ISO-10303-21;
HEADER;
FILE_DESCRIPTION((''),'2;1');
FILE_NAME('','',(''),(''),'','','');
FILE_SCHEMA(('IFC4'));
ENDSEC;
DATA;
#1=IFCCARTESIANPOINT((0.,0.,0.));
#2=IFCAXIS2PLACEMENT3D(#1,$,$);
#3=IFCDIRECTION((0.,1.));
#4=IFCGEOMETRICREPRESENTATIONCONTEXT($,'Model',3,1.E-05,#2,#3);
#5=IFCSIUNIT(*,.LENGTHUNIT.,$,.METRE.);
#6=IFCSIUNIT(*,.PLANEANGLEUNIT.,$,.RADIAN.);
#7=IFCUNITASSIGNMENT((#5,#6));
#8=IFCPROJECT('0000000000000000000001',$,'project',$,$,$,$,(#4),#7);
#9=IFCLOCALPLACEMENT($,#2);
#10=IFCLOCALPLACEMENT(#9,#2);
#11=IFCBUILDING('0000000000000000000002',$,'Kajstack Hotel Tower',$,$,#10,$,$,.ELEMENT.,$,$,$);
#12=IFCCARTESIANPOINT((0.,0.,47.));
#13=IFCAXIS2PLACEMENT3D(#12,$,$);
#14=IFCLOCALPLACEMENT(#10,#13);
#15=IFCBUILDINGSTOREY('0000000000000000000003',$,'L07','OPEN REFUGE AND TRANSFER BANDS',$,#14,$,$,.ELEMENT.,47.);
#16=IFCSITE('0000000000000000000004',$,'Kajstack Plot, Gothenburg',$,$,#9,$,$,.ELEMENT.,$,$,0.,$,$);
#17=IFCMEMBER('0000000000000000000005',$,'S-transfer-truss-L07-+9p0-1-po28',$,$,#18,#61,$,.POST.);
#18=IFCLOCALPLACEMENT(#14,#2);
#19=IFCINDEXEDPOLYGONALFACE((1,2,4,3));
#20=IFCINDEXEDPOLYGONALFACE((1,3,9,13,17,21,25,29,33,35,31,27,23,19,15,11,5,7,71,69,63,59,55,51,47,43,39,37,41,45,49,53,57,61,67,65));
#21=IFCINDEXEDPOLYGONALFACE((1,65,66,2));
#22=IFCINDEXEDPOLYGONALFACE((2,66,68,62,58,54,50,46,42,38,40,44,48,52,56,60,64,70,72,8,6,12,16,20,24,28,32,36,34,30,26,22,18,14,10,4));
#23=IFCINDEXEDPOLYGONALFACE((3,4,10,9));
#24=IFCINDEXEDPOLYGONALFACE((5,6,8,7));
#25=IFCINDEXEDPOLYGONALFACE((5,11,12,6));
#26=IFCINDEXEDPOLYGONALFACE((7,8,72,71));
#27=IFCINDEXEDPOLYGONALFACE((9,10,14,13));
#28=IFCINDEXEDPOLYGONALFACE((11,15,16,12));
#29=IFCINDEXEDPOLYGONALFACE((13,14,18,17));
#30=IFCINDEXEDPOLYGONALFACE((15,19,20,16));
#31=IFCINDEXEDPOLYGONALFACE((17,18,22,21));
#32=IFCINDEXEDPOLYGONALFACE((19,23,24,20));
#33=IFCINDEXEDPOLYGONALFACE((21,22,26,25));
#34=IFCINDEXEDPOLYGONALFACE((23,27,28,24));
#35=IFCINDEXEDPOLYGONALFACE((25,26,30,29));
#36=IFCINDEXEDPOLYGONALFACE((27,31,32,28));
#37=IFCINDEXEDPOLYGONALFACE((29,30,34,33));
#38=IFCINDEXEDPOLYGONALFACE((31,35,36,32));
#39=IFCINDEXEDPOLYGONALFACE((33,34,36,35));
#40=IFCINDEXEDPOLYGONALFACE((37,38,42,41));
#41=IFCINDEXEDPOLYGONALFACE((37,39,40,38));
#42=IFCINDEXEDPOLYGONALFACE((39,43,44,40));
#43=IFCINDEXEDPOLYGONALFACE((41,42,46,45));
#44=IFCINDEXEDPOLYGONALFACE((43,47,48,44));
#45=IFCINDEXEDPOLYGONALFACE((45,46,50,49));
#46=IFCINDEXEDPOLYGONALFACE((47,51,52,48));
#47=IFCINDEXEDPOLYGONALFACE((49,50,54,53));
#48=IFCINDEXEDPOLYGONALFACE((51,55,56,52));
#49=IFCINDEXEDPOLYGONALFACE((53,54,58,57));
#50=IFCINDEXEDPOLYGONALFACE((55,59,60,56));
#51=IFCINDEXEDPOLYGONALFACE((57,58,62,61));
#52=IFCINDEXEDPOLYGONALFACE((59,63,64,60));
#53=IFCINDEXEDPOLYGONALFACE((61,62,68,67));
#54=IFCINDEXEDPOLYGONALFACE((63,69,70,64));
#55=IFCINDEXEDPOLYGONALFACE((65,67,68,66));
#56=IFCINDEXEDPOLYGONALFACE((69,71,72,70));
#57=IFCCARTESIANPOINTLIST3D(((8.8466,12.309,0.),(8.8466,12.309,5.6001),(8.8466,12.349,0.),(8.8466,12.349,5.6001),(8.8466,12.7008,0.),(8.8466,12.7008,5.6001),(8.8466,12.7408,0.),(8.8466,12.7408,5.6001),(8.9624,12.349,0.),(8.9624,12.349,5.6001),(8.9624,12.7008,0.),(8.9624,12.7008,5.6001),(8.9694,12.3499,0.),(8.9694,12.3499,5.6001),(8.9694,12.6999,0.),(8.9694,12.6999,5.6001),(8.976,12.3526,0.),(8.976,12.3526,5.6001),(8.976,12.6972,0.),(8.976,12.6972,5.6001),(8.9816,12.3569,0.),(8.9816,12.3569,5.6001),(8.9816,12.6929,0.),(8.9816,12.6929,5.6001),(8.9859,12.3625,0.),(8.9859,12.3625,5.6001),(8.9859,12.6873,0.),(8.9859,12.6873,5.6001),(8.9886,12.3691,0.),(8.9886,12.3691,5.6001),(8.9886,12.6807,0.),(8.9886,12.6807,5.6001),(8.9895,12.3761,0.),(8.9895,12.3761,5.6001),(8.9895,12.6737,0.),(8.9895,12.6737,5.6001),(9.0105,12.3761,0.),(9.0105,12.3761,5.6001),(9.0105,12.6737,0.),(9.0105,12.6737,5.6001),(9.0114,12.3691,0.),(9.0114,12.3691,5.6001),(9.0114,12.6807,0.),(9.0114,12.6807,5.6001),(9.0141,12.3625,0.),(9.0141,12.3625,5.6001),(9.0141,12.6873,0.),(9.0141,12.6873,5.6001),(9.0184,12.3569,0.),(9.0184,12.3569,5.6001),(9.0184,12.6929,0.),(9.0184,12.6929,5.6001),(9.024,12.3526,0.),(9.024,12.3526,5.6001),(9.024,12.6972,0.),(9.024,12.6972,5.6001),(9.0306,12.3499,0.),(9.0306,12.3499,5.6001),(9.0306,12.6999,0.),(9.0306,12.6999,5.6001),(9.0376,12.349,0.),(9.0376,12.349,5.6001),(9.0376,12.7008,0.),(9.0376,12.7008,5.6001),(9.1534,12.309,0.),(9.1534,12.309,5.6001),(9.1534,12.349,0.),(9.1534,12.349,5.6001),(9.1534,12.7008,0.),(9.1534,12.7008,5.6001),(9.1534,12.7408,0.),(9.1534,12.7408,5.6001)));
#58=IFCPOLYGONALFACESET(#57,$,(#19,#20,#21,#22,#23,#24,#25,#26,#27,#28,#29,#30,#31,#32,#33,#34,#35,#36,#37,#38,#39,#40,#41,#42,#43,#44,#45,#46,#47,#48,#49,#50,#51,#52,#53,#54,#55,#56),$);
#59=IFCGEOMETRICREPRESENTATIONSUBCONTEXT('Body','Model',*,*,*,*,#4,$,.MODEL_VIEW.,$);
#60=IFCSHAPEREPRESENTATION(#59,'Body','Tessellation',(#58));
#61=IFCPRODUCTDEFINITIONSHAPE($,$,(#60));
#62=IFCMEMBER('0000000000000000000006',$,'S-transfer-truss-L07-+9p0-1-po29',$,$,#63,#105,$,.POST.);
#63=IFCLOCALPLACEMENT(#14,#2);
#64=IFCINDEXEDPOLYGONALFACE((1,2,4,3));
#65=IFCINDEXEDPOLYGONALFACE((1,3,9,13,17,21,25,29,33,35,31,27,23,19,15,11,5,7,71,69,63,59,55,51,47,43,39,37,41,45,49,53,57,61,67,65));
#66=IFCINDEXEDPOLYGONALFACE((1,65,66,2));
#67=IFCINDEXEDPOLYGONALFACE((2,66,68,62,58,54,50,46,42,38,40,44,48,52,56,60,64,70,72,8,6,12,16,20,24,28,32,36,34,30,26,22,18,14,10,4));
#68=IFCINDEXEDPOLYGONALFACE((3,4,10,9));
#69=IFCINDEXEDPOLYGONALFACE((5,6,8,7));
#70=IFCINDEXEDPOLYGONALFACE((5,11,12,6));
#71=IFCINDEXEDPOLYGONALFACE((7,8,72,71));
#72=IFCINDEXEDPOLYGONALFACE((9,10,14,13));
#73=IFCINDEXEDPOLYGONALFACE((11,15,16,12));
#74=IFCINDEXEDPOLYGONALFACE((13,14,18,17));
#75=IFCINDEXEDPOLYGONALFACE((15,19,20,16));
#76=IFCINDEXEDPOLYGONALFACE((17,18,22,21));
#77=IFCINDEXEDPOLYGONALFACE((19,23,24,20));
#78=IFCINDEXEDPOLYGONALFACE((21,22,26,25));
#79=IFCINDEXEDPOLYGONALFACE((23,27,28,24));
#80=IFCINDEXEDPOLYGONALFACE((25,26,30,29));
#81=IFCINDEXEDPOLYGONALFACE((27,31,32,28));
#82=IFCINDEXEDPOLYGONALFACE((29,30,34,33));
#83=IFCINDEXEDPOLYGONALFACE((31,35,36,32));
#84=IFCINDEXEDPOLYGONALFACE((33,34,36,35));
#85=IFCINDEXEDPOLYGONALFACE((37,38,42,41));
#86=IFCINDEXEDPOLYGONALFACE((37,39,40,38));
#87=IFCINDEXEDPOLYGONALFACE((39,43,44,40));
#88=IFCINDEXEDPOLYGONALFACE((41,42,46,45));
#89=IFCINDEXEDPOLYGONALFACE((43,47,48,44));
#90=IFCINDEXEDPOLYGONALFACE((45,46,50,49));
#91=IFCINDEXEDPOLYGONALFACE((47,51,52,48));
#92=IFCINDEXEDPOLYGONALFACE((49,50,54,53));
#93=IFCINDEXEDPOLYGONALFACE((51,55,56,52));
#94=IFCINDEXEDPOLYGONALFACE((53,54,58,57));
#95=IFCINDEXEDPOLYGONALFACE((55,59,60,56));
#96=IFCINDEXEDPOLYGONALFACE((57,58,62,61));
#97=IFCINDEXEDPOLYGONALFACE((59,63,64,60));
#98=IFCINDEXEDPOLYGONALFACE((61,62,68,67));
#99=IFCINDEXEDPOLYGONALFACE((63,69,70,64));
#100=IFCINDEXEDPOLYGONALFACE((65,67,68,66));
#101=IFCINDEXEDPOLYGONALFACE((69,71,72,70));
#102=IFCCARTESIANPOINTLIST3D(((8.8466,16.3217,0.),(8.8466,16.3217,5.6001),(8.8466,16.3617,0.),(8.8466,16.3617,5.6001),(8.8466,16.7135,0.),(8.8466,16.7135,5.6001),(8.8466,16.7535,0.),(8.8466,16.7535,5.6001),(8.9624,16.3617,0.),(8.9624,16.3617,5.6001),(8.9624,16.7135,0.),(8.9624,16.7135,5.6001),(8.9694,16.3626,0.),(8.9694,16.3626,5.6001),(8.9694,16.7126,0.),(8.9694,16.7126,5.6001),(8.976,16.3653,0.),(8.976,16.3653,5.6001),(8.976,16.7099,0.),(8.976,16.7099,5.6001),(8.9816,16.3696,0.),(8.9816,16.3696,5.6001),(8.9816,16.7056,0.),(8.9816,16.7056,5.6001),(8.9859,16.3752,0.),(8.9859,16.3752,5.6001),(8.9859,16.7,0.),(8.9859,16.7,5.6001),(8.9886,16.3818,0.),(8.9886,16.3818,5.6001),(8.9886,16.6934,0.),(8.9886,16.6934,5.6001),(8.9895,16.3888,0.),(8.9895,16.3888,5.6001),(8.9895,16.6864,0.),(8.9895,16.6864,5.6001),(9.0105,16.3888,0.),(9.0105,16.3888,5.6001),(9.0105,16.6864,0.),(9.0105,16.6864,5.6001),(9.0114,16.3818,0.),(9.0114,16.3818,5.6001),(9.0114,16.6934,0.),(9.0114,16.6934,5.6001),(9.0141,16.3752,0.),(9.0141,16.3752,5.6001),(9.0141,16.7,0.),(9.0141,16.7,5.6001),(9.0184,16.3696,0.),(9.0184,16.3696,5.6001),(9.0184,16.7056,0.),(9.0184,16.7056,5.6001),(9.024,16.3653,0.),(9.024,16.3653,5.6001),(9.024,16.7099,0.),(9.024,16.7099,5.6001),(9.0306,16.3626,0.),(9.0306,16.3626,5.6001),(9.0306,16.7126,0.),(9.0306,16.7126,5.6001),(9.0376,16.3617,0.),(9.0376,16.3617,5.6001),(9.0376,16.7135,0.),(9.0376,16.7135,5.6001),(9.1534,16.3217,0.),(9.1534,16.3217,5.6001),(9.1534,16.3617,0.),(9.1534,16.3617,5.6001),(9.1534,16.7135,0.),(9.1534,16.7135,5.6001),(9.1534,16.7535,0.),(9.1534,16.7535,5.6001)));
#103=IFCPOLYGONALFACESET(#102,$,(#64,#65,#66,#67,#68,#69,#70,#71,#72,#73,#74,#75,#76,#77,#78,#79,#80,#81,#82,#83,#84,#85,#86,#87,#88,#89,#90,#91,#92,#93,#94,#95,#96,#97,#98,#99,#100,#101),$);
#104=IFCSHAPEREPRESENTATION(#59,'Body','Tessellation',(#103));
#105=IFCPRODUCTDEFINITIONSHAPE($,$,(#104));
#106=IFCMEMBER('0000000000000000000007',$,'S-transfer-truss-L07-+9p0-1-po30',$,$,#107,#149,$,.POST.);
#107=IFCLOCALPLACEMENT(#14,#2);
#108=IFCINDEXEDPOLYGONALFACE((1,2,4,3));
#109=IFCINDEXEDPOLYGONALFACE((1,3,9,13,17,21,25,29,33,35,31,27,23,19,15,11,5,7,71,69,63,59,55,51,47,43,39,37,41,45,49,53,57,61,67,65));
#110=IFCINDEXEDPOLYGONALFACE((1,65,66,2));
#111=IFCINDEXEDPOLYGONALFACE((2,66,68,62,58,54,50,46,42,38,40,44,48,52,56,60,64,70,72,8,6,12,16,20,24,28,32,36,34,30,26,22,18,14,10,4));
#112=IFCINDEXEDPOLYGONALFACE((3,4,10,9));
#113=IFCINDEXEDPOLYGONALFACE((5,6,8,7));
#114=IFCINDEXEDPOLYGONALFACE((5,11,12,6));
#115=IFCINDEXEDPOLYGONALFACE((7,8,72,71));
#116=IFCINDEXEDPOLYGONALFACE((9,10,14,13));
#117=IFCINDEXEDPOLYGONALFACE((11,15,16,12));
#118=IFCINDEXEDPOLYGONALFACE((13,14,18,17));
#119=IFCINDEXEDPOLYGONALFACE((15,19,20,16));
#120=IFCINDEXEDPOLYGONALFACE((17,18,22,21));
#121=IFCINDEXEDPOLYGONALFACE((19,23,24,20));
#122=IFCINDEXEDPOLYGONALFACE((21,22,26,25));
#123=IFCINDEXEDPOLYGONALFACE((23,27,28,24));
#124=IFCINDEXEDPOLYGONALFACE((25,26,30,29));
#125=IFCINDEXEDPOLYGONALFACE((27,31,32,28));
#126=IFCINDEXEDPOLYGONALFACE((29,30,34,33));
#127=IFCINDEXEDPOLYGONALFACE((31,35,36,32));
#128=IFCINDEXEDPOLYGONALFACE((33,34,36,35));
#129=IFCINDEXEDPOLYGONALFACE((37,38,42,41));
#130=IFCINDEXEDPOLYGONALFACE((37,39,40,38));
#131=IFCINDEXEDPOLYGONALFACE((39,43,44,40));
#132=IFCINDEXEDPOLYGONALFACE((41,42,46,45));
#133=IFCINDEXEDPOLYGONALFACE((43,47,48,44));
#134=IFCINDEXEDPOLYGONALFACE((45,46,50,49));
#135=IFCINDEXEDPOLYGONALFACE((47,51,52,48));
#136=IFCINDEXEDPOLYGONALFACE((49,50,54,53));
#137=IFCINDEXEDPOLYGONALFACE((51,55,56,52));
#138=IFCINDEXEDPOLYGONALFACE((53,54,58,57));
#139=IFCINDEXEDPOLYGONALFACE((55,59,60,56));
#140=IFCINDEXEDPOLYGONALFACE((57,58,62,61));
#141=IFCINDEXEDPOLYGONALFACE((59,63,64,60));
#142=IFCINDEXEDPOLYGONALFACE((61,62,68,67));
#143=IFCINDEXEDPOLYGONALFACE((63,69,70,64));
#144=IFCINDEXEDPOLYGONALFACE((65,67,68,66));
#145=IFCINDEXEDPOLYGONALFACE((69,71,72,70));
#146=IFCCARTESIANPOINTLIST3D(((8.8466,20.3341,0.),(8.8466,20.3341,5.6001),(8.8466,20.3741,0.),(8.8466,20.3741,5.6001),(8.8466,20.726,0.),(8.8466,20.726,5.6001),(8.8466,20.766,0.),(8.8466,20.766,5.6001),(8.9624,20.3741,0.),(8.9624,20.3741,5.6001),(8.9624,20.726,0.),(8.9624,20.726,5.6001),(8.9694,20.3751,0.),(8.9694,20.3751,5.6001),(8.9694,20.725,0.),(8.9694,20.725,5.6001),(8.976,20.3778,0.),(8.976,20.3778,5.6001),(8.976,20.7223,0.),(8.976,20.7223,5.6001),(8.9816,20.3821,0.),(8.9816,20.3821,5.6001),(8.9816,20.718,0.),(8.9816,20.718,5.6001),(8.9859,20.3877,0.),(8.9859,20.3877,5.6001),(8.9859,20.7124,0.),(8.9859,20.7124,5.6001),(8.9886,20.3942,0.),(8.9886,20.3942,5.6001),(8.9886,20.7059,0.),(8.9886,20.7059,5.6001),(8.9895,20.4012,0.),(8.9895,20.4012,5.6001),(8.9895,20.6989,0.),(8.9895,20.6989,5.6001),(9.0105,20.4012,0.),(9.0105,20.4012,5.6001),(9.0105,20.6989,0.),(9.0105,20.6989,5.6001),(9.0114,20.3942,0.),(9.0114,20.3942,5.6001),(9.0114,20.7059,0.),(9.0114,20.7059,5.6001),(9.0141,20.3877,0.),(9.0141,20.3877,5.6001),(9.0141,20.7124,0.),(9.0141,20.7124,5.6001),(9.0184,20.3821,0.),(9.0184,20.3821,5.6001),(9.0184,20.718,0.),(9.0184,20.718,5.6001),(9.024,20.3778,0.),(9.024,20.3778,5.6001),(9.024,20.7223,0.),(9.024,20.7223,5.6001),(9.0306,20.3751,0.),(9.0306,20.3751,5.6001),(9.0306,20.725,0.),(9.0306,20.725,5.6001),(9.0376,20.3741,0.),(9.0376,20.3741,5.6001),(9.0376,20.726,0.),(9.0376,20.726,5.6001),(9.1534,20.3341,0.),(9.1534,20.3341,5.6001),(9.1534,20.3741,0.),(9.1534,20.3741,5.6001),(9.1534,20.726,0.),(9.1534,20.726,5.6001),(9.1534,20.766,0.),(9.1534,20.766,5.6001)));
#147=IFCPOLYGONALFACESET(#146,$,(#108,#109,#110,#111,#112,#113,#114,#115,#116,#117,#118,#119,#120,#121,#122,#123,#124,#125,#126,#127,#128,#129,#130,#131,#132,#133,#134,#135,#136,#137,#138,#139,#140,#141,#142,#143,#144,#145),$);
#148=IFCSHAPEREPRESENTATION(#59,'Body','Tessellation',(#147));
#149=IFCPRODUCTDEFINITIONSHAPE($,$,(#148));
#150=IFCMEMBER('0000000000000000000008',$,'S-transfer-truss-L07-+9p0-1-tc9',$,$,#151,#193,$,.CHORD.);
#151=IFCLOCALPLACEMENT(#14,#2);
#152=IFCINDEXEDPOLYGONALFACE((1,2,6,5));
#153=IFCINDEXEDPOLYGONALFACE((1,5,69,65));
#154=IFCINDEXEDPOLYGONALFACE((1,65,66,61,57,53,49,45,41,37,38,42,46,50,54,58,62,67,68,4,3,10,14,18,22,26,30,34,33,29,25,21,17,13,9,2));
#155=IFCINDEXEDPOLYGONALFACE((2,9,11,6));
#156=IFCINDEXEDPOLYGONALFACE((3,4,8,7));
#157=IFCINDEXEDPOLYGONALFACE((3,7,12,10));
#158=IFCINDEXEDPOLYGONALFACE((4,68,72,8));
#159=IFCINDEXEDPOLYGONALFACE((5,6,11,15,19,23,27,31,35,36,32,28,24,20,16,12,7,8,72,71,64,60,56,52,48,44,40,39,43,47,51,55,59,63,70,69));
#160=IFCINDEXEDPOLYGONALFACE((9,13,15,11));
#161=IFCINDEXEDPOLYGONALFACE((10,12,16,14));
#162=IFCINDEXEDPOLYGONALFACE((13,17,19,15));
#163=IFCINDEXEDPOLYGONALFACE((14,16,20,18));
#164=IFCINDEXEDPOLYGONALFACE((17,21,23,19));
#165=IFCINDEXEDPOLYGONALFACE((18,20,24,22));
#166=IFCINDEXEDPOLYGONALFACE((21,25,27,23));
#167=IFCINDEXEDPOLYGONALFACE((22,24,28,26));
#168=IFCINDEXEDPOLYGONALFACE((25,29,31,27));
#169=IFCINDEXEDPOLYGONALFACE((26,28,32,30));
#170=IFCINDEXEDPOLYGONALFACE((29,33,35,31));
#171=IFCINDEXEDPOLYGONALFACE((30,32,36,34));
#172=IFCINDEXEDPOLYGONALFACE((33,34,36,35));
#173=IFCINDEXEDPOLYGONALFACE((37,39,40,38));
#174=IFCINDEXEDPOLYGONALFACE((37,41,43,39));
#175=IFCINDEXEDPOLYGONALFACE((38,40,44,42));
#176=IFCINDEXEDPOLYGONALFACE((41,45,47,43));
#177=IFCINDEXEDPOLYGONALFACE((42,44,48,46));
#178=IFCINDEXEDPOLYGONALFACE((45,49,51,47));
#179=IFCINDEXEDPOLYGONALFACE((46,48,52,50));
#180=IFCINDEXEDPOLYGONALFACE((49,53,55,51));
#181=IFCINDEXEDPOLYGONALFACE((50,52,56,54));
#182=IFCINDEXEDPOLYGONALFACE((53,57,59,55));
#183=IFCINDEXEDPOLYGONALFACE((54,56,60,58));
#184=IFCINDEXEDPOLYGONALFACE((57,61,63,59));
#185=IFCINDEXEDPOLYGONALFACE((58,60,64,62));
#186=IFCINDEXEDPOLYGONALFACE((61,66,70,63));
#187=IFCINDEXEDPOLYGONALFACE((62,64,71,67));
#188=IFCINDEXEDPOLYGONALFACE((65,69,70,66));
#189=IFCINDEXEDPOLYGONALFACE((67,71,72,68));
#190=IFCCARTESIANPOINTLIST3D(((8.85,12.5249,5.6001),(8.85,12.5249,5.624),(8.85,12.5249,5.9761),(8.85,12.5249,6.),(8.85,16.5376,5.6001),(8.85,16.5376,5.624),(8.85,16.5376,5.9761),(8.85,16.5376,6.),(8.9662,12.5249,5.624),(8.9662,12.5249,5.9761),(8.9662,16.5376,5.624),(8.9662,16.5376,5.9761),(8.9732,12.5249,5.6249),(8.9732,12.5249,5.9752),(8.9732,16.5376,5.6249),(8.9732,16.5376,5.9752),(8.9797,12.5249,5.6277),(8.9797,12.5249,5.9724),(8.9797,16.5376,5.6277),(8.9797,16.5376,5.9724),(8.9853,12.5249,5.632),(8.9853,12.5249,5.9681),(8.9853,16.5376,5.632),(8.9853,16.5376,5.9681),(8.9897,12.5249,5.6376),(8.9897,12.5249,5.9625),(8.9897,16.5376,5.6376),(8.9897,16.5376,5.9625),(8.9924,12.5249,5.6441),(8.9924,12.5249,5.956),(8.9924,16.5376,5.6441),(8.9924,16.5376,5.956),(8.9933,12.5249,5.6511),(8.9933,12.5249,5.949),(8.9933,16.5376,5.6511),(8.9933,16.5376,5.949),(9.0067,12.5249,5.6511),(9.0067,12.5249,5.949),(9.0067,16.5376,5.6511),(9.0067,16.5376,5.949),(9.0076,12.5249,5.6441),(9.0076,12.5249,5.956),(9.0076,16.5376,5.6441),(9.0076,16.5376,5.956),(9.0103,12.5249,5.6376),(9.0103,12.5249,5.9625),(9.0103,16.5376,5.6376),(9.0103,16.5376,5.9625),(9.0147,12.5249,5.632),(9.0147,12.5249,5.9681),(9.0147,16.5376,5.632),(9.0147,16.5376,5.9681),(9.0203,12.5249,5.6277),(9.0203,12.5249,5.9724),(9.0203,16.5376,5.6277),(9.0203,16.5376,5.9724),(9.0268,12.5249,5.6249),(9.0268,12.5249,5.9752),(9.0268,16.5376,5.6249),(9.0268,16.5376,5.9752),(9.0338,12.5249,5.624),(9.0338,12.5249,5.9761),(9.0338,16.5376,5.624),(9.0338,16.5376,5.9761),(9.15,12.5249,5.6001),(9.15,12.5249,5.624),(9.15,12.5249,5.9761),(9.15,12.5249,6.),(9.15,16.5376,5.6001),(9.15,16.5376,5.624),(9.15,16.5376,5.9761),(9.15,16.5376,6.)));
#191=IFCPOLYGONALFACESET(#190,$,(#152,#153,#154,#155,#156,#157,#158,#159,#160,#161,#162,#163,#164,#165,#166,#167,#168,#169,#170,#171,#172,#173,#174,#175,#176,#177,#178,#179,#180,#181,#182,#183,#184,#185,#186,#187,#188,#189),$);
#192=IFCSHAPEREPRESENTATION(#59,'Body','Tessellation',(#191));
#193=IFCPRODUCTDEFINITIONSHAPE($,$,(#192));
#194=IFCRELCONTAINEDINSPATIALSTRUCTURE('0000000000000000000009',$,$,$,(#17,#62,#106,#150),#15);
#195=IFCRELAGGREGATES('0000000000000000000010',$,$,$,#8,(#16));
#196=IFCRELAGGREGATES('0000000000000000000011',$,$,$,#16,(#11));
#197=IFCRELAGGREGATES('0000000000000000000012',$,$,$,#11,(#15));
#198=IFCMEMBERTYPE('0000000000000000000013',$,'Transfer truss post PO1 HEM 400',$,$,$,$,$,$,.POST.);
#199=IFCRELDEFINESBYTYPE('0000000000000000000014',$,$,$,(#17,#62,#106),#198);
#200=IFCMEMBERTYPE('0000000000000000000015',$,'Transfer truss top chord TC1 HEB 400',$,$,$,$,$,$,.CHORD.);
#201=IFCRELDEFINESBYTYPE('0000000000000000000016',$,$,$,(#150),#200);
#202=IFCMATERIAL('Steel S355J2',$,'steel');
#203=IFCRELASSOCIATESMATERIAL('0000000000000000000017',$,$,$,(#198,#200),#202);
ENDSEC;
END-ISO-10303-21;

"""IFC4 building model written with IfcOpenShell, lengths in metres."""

from ifc_helpers import new_model, si_unit, direction, frame, origin, origin_2d, place, context, subcontext, project, spatial, i_section, extrude, material, material_profile, profile_set, type_object, element, save


model = new_model("IFC4")

# Units and contexts
model_context = context("Model", 3, precision=1e-05, world=origin(), true_north=direction((0.0, 1.0)))
body_context = subcontext(model_context, "Body", "Model", "MODEL_VIEW")
ifc_project = project(units=[si_unit("LENGTHUNIT", "METRE"), si_unit("PLANEANGLEUNIT", "RADIAN")], contexts=[model_context])

# Site, building, storey
site_placement = place(None, origin())
site = spatial("IfcSite", under=ifc_project, at=site_placement, Name="Kajstack Plot, Gothenburg", CompositionType="ELEMENT", RefElevation=0.0)
building_placement = place(site_placement, origin())
building = spatial("IfcBuilding", under=site, at=building_placement, Name="Kajstack Hotel Tower", CompositionType="ELEMENT")
storey_placement = place(building_placement, frame((0.0, 0.0, 47.0)))
storey = spatial("IfcBuildingStorey", under=building, at=storey_placement, Name="L07", Description="OPEN REFUGE AND TRANSFER BANDS", CompositionType="ELEMENT", Elevation=47.0)

# Members
ifc_material = material(Name="Steel S355J2", Category="steel")
ifc_material_profile_1 = material_profile(ifc_material, i_section(OverallWidth=0.3069, OverallDepth=0.4319, WebThickness=0.021, FlangeThickness=0.04, FilletRadius=0.0271, at=origin_2d()), Name="HEM 400")
ifc_profile_set_1 = profile_set([ifc_material_profile_1], Name="Steel S355J2")
member_type_1 = type_object("IfcMemberType", Name="Transfer truss post PO1 HEM 400", PredefinedType="POST", material=ifc_profile_set_1)
for number, where, z_axis, x_axis, name in (
    (1, (9.0, 12.5249, 0.0), (0.0, 0.0, 1.0), (1.0, 0.0, 0.0), "S-transfer-truss-L07-+9p0-1-po28"),
    (2, (9.0, 16.5376, 0.0), (0.0, 0.0, 1.0), (1.0, 0.0, 0.0), "S-transfer-truss-L07-+9p0-1-po29"),
    (3, (9.0, 20.55, 0.0), (0.0, 0.0, 1.0), (1.0, 0.0, 0.0), "S-transfer-truss-L07-+9p0-1-po30"),
):
    element("IfcMember", number, at=place(storey_placement, frame(where, z_axis=z_axis, x_axis=x_axis)), inside=storey, type_object=member_type_1, Name=name, PredefinedType="POST", context=body_context, shape_type="SweptSolid", body=[
        extrude(i_section(OverallWidth=0.3069, OverallDepth=0.4319, WebThickness=0.021, FlangeThickness=0.04, FilletRadius=0.0271, at=origin_2d()), origin(), (0.0, 0.0, 1.0), 5.6001),
    ])
ifc_material_profile_2 = material_profile(ifc_material, i_section(OverallWidth=0.3, OverallDepth=0.3999, WebThickness=0.0134, FlangeThickness=0.0239, FilletRadius=0.0271, at=origin_2d()), Name="HEB 400")
ifc_profile_set_2 = profile_set([ifc_material_profile_2], Name="Steel S355J2")
member_type_2 = type_object("IfcMemberType", Name="Transfer truss top chord TC1 HEB 400", PredefinedType="CHORD", material=ifc_profile_set_2)
member_1_placement = place(storey_placement, frame((9.0, 12.5249, 5.8), z_axis=(0.0, 1.0, 0.0), x_axis=(-1.0, 0.0, 0.0)))
element("IfcMember", 4, at=member_1_placement, inside=storey, type_object=member_type_2, Name="S-transfer-truss-L07-+9p0-1-tc9", PredefinedType="CHORD", context=body_context, shape_type="SweptSolid", body=[
    extrude(i_section(OverallWidth=0.3, OverallDepth=0.3999, WebThickness=0.0134, FlangeThickness=0.0239, FilletRadius=0.0271, at=origin_2d()), origin(), (0.0, 0.0, 1.0), 4.0127),
])

save(model, "model.ifc")
